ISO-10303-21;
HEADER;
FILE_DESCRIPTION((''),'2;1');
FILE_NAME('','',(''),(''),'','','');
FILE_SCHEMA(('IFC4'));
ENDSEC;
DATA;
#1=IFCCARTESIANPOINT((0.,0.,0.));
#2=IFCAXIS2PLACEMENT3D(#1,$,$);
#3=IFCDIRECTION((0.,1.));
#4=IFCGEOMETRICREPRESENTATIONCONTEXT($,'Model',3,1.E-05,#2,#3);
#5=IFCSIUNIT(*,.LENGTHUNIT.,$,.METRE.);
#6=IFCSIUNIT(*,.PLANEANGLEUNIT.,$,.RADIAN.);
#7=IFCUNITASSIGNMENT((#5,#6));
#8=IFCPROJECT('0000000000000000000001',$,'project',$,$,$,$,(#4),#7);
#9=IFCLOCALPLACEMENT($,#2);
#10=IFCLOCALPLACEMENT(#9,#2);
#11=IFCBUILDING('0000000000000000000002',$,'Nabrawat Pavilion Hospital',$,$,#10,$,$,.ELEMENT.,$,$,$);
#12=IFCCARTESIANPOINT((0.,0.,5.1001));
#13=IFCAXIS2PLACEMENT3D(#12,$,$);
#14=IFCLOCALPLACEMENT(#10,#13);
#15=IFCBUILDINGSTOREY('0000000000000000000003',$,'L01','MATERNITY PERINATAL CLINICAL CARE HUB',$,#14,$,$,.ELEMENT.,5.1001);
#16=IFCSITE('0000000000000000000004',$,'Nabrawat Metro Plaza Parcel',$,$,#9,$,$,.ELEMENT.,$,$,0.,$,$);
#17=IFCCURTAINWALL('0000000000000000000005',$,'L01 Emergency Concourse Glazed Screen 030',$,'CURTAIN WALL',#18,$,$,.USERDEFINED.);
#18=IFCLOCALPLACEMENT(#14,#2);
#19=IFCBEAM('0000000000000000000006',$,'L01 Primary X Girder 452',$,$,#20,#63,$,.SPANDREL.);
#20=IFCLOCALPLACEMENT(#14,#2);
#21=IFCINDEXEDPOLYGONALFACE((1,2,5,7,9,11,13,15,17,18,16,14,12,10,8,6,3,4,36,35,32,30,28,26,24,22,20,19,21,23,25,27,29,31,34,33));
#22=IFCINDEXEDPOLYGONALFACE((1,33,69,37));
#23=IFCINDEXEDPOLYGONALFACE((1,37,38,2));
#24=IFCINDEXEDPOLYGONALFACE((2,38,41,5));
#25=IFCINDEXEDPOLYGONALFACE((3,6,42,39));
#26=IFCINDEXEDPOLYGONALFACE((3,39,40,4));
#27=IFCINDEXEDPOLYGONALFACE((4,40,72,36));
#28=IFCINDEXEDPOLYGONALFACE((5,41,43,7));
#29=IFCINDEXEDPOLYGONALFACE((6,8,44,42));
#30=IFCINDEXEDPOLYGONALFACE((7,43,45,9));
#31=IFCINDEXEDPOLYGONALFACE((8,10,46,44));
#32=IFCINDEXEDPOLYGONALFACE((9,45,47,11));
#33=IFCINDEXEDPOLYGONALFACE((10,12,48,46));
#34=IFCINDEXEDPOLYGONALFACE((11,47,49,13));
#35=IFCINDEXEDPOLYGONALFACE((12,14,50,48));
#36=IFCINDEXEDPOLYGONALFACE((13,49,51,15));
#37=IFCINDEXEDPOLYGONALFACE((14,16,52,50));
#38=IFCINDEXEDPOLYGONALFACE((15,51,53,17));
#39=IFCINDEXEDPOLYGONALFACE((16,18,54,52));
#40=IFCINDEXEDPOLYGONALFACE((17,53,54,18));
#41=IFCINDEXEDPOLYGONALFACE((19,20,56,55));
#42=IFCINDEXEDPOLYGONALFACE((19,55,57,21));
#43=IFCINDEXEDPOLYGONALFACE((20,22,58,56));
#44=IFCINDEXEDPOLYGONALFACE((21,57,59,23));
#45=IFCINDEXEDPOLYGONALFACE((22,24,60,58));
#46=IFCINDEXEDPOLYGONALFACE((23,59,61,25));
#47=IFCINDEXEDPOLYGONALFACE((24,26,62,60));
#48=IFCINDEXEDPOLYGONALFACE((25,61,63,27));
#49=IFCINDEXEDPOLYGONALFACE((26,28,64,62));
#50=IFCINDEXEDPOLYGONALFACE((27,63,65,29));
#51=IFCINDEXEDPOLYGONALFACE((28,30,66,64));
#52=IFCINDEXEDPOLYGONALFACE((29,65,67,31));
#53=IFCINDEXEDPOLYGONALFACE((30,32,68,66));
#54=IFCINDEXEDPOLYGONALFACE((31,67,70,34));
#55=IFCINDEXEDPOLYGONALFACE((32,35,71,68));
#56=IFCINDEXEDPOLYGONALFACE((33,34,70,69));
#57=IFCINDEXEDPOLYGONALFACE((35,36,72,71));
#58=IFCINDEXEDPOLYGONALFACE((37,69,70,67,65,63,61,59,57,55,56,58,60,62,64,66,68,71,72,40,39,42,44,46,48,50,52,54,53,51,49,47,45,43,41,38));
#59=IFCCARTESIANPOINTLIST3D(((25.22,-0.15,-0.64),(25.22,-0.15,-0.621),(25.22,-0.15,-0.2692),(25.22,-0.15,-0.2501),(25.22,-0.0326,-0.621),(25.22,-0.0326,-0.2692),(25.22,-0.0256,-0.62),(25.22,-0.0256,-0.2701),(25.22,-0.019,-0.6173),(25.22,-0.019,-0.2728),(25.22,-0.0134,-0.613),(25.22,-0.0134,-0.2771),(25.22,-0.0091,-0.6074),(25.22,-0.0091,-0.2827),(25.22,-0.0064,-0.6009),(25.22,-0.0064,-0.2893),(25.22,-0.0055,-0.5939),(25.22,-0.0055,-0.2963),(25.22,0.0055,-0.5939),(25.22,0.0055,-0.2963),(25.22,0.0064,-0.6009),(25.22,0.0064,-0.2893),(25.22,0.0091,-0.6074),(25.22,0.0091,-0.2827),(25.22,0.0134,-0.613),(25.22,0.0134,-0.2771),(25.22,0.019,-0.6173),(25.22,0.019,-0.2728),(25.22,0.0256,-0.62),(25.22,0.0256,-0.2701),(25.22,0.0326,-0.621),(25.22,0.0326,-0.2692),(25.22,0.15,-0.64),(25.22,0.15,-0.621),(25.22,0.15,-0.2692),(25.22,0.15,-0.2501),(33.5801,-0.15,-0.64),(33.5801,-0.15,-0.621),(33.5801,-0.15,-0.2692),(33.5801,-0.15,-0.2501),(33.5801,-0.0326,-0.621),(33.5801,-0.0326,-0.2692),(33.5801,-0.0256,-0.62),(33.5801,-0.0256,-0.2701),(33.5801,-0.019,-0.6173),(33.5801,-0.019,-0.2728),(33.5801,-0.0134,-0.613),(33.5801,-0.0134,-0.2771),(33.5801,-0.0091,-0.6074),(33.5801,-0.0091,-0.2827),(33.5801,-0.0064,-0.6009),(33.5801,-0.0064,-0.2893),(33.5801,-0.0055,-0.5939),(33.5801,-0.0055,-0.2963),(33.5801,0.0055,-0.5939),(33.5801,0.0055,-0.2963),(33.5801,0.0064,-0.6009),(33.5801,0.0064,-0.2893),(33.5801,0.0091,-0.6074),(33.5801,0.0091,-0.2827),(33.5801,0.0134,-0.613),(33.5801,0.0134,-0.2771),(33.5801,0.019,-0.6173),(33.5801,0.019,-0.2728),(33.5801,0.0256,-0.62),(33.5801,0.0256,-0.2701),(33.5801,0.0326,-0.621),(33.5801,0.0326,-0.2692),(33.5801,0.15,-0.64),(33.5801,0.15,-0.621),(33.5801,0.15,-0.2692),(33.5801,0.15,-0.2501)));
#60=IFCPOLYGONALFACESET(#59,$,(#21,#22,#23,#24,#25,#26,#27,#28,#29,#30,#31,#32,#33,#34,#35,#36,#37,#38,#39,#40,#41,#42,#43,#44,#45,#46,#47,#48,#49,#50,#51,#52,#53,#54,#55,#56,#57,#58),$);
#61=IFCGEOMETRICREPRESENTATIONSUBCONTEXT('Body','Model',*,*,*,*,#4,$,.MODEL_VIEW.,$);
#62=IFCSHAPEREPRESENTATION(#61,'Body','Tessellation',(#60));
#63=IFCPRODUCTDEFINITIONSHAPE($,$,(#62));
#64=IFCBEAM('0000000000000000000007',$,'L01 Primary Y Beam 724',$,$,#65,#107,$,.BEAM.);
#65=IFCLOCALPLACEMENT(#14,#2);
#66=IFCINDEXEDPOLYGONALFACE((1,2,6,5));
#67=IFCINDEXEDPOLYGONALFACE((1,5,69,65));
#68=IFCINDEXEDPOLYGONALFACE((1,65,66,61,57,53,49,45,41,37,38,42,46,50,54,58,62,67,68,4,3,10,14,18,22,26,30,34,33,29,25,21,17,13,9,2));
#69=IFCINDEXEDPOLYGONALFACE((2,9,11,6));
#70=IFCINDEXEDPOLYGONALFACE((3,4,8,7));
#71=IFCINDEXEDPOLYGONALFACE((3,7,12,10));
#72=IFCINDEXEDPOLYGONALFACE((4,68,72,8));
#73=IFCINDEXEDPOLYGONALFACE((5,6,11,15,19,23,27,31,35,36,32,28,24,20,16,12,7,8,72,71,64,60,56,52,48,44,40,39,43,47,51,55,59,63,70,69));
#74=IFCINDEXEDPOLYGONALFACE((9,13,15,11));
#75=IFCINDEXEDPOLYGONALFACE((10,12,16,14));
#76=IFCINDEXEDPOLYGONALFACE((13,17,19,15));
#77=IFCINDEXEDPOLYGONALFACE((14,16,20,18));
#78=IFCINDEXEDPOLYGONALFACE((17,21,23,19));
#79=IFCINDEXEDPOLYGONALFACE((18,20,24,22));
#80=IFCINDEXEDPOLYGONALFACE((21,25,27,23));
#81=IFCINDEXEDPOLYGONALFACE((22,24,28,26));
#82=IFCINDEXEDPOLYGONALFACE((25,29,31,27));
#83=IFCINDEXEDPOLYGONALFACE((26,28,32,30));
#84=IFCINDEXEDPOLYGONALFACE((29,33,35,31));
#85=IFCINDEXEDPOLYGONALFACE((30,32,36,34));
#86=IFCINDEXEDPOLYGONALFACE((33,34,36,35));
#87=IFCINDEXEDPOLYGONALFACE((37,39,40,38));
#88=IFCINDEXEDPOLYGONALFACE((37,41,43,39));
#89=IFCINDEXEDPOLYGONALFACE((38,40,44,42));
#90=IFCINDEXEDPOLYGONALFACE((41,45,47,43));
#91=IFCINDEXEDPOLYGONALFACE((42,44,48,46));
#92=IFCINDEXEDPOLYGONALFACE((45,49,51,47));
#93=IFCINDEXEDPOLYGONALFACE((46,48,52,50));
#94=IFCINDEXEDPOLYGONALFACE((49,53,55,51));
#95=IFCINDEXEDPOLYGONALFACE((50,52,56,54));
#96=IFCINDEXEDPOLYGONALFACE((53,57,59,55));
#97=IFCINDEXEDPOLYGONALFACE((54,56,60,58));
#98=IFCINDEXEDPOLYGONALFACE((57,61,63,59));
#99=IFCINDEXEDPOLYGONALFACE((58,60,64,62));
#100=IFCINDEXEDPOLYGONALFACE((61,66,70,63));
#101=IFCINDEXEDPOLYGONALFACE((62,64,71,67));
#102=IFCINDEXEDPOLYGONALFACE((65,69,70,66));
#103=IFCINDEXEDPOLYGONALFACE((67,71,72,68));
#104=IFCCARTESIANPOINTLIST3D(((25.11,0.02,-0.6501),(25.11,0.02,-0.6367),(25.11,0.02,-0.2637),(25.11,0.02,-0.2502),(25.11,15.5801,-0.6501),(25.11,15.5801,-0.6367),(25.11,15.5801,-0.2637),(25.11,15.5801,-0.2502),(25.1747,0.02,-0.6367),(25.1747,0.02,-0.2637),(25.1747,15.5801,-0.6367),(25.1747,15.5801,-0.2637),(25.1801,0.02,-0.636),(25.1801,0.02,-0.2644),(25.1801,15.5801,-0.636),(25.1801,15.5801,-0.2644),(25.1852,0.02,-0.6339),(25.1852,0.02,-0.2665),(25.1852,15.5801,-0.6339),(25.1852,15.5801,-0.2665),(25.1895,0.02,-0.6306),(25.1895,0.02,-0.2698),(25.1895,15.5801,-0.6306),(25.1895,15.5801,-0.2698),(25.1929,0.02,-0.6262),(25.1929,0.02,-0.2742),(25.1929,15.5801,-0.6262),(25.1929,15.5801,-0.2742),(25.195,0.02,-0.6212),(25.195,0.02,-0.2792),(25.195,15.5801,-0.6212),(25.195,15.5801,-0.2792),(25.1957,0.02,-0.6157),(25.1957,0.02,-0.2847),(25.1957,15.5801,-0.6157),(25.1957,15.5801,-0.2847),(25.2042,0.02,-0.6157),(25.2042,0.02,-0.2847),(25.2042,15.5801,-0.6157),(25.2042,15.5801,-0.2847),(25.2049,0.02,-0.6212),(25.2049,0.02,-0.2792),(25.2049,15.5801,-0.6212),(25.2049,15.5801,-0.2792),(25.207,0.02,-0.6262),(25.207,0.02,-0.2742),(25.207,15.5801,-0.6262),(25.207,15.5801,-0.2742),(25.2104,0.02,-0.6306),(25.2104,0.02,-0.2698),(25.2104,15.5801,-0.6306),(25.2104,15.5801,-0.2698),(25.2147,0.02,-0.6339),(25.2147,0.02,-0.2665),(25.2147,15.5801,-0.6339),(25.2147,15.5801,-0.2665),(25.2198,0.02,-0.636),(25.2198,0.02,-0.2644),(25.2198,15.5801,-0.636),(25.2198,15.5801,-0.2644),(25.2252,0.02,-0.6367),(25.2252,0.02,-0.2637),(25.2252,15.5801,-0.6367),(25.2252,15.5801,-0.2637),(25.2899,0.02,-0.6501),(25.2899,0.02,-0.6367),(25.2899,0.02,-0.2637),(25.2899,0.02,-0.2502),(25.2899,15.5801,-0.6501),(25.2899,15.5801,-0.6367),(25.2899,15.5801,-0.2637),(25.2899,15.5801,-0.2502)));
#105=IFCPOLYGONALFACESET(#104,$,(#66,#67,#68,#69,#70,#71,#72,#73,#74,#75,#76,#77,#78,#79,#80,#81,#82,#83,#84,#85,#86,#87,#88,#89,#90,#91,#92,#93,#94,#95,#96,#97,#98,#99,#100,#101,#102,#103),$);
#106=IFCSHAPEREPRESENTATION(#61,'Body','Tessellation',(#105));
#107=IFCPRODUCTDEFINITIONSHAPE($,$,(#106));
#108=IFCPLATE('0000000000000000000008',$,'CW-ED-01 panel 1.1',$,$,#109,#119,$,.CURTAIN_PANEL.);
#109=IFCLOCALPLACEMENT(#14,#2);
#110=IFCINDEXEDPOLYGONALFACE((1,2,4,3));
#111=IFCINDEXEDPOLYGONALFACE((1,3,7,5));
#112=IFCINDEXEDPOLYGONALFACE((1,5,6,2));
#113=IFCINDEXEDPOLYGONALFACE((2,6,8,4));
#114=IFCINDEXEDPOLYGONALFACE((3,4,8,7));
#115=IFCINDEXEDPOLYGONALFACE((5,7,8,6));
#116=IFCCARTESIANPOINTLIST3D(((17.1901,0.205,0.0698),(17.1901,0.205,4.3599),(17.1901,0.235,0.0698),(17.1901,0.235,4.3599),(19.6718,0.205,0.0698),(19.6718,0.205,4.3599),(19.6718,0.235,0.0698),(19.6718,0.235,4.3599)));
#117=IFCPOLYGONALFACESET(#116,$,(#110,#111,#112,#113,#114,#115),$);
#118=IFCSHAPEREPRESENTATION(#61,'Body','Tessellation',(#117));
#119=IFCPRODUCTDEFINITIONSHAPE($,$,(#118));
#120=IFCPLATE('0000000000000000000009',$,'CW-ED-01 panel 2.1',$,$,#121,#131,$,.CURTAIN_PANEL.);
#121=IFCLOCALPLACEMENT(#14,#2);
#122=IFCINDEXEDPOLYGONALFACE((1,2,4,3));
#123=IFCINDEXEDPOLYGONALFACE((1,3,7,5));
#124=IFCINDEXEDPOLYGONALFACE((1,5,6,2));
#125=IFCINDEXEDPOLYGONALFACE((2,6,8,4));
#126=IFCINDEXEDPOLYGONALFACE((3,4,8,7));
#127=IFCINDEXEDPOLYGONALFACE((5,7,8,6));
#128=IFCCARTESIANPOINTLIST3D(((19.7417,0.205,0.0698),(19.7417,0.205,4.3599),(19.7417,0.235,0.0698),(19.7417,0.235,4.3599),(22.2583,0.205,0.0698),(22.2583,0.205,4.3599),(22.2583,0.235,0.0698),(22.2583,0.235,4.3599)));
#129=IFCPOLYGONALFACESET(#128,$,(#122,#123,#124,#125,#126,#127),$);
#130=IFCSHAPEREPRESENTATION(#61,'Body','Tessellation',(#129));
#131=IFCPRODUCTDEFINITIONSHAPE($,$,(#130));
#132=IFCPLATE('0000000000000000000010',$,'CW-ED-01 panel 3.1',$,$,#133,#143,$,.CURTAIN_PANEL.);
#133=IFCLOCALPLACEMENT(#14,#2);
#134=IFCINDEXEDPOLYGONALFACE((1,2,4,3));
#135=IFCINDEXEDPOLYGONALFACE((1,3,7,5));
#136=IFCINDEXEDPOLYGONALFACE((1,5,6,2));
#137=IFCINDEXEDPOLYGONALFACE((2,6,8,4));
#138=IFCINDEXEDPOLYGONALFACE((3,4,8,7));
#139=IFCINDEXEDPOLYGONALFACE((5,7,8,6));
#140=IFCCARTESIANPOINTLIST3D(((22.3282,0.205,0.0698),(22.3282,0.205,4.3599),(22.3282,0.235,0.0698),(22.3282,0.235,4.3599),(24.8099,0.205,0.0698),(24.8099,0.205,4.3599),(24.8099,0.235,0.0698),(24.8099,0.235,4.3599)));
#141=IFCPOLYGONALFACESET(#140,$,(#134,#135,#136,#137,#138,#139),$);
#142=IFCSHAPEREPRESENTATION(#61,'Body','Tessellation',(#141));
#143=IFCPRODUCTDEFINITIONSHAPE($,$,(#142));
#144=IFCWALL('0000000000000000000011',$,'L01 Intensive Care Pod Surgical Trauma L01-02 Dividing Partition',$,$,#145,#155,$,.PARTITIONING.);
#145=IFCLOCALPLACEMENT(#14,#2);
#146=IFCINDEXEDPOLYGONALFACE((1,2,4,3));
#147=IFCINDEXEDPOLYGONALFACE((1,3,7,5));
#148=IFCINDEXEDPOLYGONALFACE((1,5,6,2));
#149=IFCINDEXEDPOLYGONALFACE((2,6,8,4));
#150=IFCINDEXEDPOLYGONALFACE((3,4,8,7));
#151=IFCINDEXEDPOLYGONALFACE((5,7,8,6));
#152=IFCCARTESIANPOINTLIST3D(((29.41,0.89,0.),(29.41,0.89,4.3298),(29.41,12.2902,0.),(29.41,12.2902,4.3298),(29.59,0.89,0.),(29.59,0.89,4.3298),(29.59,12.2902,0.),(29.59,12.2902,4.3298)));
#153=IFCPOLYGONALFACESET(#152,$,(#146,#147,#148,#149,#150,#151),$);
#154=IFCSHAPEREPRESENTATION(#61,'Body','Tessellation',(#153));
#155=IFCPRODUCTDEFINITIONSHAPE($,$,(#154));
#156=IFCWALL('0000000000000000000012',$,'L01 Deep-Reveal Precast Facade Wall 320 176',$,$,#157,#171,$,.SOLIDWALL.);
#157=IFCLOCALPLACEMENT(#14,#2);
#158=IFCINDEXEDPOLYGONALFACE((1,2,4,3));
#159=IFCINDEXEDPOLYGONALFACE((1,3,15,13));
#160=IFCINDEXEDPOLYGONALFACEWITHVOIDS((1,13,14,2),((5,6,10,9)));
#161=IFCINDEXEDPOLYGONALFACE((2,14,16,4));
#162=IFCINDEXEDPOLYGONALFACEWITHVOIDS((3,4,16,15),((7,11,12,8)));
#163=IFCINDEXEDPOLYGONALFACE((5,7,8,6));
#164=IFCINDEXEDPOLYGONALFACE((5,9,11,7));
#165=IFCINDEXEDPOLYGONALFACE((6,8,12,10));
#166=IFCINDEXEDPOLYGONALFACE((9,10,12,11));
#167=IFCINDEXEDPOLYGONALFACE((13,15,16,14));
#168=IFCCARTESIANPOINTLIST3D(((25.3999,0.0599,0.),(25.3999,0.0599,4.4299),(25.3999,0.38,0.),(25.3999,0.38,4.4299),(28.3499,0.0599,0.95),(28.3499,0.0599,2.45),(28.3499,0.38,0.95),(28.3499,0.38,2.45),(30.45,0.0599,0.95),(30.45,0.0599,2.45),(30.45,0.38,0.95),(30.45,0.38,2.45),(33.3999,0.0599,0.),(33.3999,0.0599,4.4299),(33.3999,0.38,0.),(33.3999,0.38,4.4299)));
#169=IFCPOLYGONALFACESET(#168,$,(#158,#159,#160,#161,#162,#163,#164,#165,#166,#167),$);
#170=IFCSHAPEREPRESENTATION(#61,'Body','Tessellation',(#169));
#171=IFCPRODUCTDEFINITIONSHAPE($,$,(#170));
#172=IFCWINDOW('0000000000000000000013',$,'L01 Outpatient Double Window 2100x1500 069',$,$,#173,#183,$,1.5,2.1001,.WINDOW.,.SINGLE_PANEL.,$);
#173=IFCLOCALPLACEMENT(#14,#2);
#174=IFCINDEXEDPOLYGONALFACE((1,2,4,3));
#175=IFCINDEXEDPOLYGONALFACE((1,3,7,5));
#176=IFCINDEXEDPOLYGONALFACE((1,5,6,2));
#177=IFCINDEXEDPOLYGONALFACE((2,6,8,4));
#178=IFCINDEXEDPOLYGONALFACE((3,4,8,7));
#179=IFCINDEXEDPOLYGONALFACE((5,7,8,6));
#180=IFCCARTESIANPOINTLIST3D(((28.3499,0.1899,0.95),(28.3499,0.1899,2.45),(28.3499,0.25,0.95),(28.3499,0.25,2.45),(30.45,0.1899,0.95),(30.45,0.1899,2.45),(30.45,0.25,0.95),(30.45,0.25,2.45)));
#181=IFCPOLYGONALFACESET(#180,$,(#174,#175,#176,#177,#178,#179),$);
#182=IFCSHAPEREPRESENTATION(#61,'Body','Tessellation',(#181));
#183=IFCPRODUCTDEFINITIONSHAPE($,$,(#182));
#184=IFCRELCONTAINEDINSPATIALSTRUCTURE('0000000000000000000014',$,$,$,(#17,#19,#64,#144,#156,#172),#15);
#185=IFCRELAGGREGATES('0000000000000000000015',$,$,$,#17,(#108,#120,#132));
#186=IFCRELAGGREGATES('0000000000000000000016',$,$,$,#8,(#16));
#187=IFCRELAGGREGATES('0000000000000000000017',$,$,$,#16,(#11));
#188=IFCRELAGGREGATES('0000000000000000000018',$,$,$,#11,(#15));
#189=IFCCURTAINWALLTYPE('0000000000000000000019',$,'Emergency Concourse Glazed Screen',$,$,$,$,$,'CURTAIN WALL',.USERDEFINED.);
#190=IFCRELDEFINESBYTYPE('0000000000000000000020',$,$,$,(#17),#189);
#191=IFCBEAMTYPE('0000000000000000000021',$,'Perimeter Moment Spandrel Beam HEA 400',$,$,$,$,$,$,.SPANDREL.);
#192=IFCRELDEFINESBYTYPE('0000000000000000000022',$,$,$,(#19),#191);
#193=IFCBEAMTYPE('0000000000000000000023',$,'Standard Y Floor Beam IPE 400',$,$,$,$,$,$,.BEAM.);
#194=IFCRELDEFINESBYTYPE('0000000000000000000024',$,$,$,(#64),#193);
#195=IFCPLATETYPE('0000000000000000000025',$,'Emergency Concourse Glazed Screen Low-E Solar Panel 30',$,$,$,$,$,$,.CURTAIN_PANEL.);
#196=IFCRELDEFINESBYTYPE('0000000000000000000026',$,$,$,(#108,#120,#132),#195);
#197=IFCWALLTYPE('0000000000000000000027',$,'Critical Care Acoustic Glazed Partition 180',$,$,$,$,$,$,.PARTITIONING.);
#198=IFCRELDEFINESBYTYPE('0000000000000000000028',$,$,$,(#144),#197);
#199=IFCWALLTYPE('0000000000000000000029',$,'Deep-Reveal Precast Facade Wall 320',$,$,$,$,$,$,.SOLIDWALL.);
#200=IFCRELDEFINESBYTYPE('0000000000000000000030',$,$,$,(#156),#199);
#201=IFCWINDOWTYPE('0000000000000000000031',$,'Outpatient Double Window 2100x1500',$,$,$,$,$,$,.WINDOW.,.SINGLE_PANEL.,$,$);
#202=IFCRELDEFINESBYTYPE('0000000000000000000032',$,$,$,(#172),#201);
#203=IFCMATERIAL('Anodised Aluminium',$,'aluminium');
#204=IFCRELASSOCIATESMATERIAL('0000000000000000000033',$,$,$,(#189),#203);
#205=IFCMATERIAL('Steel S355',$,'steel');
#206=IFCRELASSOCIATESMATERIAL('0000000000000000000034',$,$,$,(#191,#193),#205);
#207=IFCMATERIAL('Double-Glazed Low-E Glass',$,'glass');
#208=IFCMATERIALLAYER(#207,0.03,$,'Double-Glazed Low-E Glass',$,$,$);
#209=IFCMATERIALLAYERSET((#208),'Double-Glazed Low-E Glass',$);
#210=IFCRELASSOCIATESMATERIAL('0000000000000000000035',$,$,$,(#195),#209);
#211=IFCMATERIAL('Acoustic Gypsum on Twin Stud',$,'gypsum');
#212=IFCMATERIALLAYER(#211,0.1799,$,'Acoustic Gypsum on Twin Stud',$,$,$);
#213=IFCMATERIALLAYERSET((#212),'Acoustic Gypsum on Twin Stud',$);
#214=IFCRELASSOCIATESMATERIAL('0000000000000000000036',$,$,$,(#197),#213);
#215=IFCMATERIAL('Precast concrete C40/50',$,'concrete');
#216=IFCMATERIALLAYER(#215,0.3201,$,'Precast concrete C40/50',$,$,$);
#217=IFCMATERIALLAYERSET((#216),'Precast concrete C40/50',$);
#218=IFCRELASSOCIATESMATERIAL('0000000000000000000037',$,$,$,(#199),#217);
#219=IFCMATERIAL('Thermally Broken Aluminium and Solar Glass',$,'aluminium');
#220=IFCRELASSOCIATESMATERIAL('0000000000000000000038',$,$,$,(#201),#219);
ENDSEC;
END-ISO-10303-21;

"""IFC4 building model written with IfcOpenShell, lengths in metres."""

from ifc_helpers import new_model, si_unit, direction, frame, frame_2d, origin, origin_2d, place, context, subcontext, project, spatial, rectangle, i_section, extrude, material, layer, layer_set, material_profile, profile_set, type_object, element, fill, aggregate, save


model = new_model("IFC4")

# Units and contexts
model_context = context("Model", 3, precision=1e-05, world=origin(), true_north=direction((0.0, 1.0)))
body_context = subcontext(model_context, "Body", "Model", "MODEL_VIEW")
ifc_project = project(units=[si_unit("LENGTHUNIT", "METRE"), si_unit("PLANEANGLEUNIT", "RADIAN")], contexts=[model_context])

# Site, building, storey
site_placement = place(None, origin())
site = spatial("IfcSite", under=ifc_project, at=site_placement, Name="Nabrawat Metro Plaza Parcel", CompositionType="ELEMENT", RefElevation=0.0)
building_placement = place(site_placement, origin())
building = spatial("IfcBuilding", under=site, at=building_placement, Name="Nabrawat Pavilion Hospital", CompositionType="ELEMENT")
storey_placement = place(building_placement, frame((0.0, 0.0, 5.1001)))
storey = spatial("IfcBuildingStorey", under=building, at=storey_placement, Name="L01", Description="MATERNITY PERINATAL CLINICAL CARE HUB", CompositionType="ELEMENT", Elevation=5.1001)

# Shared definitions
ifc_material_1 = material(Name="Steel S355", Category="steel")

# Curtain wall
ifc_material_2 = material(Name="Anodised Aluminium", Category="aluminium")
curtain_wall_type = type_object("IfcCurtainWallType", Name="Emergency Concourse Glazed Screen", ElementType="CURTAIN WALL", PredefinedType="USERDEFINED", material=ifc_material_2)
curtain_wall_placement = place(storey_placement, origin())
curtain_wall = element("IfcCurtainWall", 1, at=curtain_wall_placement, inside=storey, type_object=curtain_wall_type, Name="L01 Emergency Concourse Glazed Screen 030", ObjectType="CURTAIN WALL", PredefinedType="USERDEFINED")

# Beams
ifc_material_profile_1 = material_profile(ifc_material_1, i_section(OverallWidth=0.3, OverallDepth=0.3899, WebThickness=0.011, FlangeThickness=0.019, FilletRadius=0.0271, at=origin_2d()), Name="HEA 400")
ifc_profile_set_1 = profile_set([ifc_material_profile_1], Name="Steel S355")
beam_type_1 = type_object("IfcBeamType", Name="Perimeter Moment Spandrel Beam HEA 400", PredefinedType="SPANDREL", material=ifc_profile_set_1)
beam_1_placement = place(storey_placement, frame((25.22, 0.0, -0.4451), z_axis=(1.0, 0.0, 0.0), x_axis=(0.0, 1.0, 0.0)))
element("IfcBeam", 2, at=beam_1_placement, inside=storey, type_object=beam_type_1, Name="L01 Primary X Girder 452", PredefinedType="SPANDREL", context=body_context, shape_type="SweptSolid", body=[
    extrude(i_section(OverallWidth=0.3, OverallDepth=0.3899, WebThickness=0.011, FlangeThickness=0.019, FilletRadius=0.0271, at=origin_2d()), origin(), (0.0, 0.0, 1.0), 8.3601),
])
ifc_material_profile_2 = material_profile(ifc_material_1, i_section(OverallWidth=0.1799, OverallDepth=0.3999, WebThickness=0.0085, FlangeThickness=0.0134, FilletRadius=0.021, at=origin_2d()), Name="IPE 400")
ifc_profile_set_2 = profile_set([ifc_material_profile_2], Name="Steel S355")
beam_type_2 = type_object("IfcBeamType", Name="Standard Y Floor Beam IPE 400", PredefinedType="BEAM", material=ifc_profile_set_2)
beam_2_placement = place(storey_placement, frame((25.2, 0.02, -0.4502), z_axis=(0.0, 1.0, 0.0), x_axis=(-1.0, 0.0, 0.0)))
element("IfcBeam", 3, at=beam_2_placement, inside=storey, type_object=beam_type_2, Name="L01 Primary Y Beam 724", PredefinedType="BEAM", context=body_context, shape_type="SweptSolid", body=[
    extrude(i_section(OverallWidth=0.1799, OverallDepth=0.3999, WebThickness=0.0085, FlangeThickness=0.0134, FilletRadius=0.021, at=origin_2d()), origin(), (0.0, 0.0, 1.0), 15.5601),
])

# Plates
ifc_material_3 = material(Name="Double-Glazed Low-E Glass", Category="glass")
ifc_layer_1 = layer(ifc_material_3, 0.03, Name="Double-Glazed Low-E Glass")
ifc_layer_set_1 = layer_set([ifc_layer_1], Name="Double-Glazed Low-E Glass")
plate_type = type_object("IfcPlateType", Name="Emergency Concourse Glazed Screen Low-E Solar Panel 30", PredefinedType="CURTAIN_PANEL", material=ifc_layer_set_1)
plate_1_placement = place(storey_placement, frame((18.4309, 0.22, 0.0698), z_axis=(0.0, 0.0, 1.0), x_axis=(1.0, 0.0, 0.0)))
plate_1 = element("IfcPlate", 4, at=plate_1_placement, type_object=plate_type, Name="CW-ED-01 panel 1.1", PredefinedType="CURTAIN_PANEL", context=body_context, shape_type="SweptSolid", body=[
    extrude(rectangle(XDim=2.4817, YDim=0.03, at=origin_2d()), origin(), (0.0, 0.0, 1.0), 4.29),
])
plate_2_placement = place(storey_placement, frame((21.0, 0.22, 0.0698), z_axis=(0.0, 0.0, 1.0), x_axis=(1.0, 0.0, 0.0)))
plate_2 = element("IfcPlate", 5, at=plate_2_placement, type_object=plate_type, Name="CW-ED-01 panel 2.1", PredefinedType="CURTAIN_PANEL", context=body_context, shape_type="SweptSolid", body=[
    extrude(rectangle(XDim=2.5166, YDim=0.03, at=origin_2d()), origin(), (0.0, 0.0, 1.0), 4.29),
])
plate_3_placement = place(storey_placement, frame((23.5691, 0.22, 0.0698), z_axis=(0.0, 0.0, 1.0), x_axis=(1.0, 0.0, 0.0)))
plate_3 = element("IfcPlate", 6, at=plate_3_placement, type_object=plate_type, Name="CW-ED-01 panel 3.1", PredefinedType="CURTAIN_PANEL", context=body_context, shape_type="SweptSolid", body=[
    extrude(rectangle(XDim=2.4817, YDim=0.03, at=origin_2d()), origin(), (0.0, 0.0, 1.0), 4.29),
])
aggregate(curtain_wall, [plate_1, plate_2, plate_3])

# Wall
ifc_material_4 = material(Name="Acoustic Gypsum on Twin Stud", Category="gypsum")
ifc_layer_2 = layer(ifc_material_4, 0.1799, Name="Acoustic Gypsum on Twin Stud")
ifc_layer_set_2 = layer_set([ifc_layer_2], Name="Acoustic Gypsum on Twin Stud")
wall_type_1 = type_object("IfcWallType", Name="Critical Care Acoustic Glazed Partition 180", PredefinedType="PARTITIONING", material=ifc_layer_set_2)
wall_1_placement = place(storey_placement, frame((29.5, 0.8899, 0.0), z_axis=(0.0, 0.0, 1.0), x_axis=(0.0, 1.0, 0.0)))
element("IfcWall", 7, at=wall_1_placement, inside=storey, type_object=wall_type_1, Name="L01 Intensive Care Pod Surgical Trauma L01-02 Dividing Partition", PredefinedType="PARTITIONING", context=body_context, shape_type="SweptSolid", body=[
    extrude(rectangle(XDim=11.4001, YDim=0.1799, at=frame_2d((5.7002, 0.0))), origin(), (0.0, 0.0, 1.0), 4.3298),
])

# Wall, opening, window
ifc_material_5 = material(Name="Precast concrete C40/50", Category="concrete")
ifc_layer_3 = layer(ifc_material_5, 0.3201, Name="Precast concrete C40/50")
ifc_layer_set_3 = layer_set([ifc_layer_3], Name="Precast concrete C40/50")
wall_type_2 = type_object("IfcWallType", Name="Deep-Reveal Precast Facade Wall 320", PredefinedType="SOLIDWALL", material=ifc_layer_set_3)
wall_2_placement = place(storey_placement, frame((25.3999, 0.22, 0.0), z_axis=(0.0, 0.0, 1.0), x_axis=(1.0, 0.0, 0.0)))
wall_2 = element("IfcWall", 8, at=wall_2_placement, inside=storey, type_object=wall_type_2, Name="L01 Deep-Reveal Precast Facade Wall 320 176", PredefinedType="SOLIDWALL", context=body_context, shape_type="SweptSolid", body=[
    extrude(rectangle(XDim=8.0, YDim=0.3201, at=frame_2d((4.0, 0.0))), origin(), (0.0, 0.0, 1.0), 4.4299),
])
opening_placement = place(wall_2_placement, frame((2.95, 0.0, 0.95)))
opening = element("IfcOpeningElement", 9, at=opening_placement, cuts=wall_2, PredefinedType="OPENING", context=body_context, shape_type="SweptSolid", body=[
    extrude(rectangle(XDim=2.1001, YDim=1.5, at=frame_2d((1.05, 0.75))), frame((0.0, 0.1699, 0.0), z_axis=(0.0, -1.0, 0.0), x_axis=(1.0, 0.0, 0.0)), (0.0, 0.0, 1.0), 0.3401),
])
ifc_material_6 = material(Name="Thermally Broken Aluminium and Solar Glass", Category="aluminium")
window_type = type_object("IfcWindowType", Name="Outpatient Double Window 2100x1500", PartitioningType="SINGLE_PANEL", PredefinedType="WINDOW", material=ifc_material_6)
window_placement = place(opening_placement, origin())
window = element("IfcWindow", 10, at=window_placement, inside=storey, type_object=window_type, Name="L01 Outpatient Double Window 2100x1500 069", OverallHeight=1.5, OverallWidth=2.1001, PartitioningType="SINGLE_PANEL", PredefinedType="WINDOW", context=body_context, shape_type="SweptSolid", body=[
    extrude(rectangle(XDim=2.1001, YDim=1.5, at=frame_2d((1.05, 0.75))), frame((0.0, 0.03, 0.0), z_axis=(0.0, -1.0, 0.0), x_axis=(1.0, 0.0, 0.0)), (0.0, 0.0, 1.0), 0.0601),
])
fill(opening, window)

save(model, "model.ifc")
